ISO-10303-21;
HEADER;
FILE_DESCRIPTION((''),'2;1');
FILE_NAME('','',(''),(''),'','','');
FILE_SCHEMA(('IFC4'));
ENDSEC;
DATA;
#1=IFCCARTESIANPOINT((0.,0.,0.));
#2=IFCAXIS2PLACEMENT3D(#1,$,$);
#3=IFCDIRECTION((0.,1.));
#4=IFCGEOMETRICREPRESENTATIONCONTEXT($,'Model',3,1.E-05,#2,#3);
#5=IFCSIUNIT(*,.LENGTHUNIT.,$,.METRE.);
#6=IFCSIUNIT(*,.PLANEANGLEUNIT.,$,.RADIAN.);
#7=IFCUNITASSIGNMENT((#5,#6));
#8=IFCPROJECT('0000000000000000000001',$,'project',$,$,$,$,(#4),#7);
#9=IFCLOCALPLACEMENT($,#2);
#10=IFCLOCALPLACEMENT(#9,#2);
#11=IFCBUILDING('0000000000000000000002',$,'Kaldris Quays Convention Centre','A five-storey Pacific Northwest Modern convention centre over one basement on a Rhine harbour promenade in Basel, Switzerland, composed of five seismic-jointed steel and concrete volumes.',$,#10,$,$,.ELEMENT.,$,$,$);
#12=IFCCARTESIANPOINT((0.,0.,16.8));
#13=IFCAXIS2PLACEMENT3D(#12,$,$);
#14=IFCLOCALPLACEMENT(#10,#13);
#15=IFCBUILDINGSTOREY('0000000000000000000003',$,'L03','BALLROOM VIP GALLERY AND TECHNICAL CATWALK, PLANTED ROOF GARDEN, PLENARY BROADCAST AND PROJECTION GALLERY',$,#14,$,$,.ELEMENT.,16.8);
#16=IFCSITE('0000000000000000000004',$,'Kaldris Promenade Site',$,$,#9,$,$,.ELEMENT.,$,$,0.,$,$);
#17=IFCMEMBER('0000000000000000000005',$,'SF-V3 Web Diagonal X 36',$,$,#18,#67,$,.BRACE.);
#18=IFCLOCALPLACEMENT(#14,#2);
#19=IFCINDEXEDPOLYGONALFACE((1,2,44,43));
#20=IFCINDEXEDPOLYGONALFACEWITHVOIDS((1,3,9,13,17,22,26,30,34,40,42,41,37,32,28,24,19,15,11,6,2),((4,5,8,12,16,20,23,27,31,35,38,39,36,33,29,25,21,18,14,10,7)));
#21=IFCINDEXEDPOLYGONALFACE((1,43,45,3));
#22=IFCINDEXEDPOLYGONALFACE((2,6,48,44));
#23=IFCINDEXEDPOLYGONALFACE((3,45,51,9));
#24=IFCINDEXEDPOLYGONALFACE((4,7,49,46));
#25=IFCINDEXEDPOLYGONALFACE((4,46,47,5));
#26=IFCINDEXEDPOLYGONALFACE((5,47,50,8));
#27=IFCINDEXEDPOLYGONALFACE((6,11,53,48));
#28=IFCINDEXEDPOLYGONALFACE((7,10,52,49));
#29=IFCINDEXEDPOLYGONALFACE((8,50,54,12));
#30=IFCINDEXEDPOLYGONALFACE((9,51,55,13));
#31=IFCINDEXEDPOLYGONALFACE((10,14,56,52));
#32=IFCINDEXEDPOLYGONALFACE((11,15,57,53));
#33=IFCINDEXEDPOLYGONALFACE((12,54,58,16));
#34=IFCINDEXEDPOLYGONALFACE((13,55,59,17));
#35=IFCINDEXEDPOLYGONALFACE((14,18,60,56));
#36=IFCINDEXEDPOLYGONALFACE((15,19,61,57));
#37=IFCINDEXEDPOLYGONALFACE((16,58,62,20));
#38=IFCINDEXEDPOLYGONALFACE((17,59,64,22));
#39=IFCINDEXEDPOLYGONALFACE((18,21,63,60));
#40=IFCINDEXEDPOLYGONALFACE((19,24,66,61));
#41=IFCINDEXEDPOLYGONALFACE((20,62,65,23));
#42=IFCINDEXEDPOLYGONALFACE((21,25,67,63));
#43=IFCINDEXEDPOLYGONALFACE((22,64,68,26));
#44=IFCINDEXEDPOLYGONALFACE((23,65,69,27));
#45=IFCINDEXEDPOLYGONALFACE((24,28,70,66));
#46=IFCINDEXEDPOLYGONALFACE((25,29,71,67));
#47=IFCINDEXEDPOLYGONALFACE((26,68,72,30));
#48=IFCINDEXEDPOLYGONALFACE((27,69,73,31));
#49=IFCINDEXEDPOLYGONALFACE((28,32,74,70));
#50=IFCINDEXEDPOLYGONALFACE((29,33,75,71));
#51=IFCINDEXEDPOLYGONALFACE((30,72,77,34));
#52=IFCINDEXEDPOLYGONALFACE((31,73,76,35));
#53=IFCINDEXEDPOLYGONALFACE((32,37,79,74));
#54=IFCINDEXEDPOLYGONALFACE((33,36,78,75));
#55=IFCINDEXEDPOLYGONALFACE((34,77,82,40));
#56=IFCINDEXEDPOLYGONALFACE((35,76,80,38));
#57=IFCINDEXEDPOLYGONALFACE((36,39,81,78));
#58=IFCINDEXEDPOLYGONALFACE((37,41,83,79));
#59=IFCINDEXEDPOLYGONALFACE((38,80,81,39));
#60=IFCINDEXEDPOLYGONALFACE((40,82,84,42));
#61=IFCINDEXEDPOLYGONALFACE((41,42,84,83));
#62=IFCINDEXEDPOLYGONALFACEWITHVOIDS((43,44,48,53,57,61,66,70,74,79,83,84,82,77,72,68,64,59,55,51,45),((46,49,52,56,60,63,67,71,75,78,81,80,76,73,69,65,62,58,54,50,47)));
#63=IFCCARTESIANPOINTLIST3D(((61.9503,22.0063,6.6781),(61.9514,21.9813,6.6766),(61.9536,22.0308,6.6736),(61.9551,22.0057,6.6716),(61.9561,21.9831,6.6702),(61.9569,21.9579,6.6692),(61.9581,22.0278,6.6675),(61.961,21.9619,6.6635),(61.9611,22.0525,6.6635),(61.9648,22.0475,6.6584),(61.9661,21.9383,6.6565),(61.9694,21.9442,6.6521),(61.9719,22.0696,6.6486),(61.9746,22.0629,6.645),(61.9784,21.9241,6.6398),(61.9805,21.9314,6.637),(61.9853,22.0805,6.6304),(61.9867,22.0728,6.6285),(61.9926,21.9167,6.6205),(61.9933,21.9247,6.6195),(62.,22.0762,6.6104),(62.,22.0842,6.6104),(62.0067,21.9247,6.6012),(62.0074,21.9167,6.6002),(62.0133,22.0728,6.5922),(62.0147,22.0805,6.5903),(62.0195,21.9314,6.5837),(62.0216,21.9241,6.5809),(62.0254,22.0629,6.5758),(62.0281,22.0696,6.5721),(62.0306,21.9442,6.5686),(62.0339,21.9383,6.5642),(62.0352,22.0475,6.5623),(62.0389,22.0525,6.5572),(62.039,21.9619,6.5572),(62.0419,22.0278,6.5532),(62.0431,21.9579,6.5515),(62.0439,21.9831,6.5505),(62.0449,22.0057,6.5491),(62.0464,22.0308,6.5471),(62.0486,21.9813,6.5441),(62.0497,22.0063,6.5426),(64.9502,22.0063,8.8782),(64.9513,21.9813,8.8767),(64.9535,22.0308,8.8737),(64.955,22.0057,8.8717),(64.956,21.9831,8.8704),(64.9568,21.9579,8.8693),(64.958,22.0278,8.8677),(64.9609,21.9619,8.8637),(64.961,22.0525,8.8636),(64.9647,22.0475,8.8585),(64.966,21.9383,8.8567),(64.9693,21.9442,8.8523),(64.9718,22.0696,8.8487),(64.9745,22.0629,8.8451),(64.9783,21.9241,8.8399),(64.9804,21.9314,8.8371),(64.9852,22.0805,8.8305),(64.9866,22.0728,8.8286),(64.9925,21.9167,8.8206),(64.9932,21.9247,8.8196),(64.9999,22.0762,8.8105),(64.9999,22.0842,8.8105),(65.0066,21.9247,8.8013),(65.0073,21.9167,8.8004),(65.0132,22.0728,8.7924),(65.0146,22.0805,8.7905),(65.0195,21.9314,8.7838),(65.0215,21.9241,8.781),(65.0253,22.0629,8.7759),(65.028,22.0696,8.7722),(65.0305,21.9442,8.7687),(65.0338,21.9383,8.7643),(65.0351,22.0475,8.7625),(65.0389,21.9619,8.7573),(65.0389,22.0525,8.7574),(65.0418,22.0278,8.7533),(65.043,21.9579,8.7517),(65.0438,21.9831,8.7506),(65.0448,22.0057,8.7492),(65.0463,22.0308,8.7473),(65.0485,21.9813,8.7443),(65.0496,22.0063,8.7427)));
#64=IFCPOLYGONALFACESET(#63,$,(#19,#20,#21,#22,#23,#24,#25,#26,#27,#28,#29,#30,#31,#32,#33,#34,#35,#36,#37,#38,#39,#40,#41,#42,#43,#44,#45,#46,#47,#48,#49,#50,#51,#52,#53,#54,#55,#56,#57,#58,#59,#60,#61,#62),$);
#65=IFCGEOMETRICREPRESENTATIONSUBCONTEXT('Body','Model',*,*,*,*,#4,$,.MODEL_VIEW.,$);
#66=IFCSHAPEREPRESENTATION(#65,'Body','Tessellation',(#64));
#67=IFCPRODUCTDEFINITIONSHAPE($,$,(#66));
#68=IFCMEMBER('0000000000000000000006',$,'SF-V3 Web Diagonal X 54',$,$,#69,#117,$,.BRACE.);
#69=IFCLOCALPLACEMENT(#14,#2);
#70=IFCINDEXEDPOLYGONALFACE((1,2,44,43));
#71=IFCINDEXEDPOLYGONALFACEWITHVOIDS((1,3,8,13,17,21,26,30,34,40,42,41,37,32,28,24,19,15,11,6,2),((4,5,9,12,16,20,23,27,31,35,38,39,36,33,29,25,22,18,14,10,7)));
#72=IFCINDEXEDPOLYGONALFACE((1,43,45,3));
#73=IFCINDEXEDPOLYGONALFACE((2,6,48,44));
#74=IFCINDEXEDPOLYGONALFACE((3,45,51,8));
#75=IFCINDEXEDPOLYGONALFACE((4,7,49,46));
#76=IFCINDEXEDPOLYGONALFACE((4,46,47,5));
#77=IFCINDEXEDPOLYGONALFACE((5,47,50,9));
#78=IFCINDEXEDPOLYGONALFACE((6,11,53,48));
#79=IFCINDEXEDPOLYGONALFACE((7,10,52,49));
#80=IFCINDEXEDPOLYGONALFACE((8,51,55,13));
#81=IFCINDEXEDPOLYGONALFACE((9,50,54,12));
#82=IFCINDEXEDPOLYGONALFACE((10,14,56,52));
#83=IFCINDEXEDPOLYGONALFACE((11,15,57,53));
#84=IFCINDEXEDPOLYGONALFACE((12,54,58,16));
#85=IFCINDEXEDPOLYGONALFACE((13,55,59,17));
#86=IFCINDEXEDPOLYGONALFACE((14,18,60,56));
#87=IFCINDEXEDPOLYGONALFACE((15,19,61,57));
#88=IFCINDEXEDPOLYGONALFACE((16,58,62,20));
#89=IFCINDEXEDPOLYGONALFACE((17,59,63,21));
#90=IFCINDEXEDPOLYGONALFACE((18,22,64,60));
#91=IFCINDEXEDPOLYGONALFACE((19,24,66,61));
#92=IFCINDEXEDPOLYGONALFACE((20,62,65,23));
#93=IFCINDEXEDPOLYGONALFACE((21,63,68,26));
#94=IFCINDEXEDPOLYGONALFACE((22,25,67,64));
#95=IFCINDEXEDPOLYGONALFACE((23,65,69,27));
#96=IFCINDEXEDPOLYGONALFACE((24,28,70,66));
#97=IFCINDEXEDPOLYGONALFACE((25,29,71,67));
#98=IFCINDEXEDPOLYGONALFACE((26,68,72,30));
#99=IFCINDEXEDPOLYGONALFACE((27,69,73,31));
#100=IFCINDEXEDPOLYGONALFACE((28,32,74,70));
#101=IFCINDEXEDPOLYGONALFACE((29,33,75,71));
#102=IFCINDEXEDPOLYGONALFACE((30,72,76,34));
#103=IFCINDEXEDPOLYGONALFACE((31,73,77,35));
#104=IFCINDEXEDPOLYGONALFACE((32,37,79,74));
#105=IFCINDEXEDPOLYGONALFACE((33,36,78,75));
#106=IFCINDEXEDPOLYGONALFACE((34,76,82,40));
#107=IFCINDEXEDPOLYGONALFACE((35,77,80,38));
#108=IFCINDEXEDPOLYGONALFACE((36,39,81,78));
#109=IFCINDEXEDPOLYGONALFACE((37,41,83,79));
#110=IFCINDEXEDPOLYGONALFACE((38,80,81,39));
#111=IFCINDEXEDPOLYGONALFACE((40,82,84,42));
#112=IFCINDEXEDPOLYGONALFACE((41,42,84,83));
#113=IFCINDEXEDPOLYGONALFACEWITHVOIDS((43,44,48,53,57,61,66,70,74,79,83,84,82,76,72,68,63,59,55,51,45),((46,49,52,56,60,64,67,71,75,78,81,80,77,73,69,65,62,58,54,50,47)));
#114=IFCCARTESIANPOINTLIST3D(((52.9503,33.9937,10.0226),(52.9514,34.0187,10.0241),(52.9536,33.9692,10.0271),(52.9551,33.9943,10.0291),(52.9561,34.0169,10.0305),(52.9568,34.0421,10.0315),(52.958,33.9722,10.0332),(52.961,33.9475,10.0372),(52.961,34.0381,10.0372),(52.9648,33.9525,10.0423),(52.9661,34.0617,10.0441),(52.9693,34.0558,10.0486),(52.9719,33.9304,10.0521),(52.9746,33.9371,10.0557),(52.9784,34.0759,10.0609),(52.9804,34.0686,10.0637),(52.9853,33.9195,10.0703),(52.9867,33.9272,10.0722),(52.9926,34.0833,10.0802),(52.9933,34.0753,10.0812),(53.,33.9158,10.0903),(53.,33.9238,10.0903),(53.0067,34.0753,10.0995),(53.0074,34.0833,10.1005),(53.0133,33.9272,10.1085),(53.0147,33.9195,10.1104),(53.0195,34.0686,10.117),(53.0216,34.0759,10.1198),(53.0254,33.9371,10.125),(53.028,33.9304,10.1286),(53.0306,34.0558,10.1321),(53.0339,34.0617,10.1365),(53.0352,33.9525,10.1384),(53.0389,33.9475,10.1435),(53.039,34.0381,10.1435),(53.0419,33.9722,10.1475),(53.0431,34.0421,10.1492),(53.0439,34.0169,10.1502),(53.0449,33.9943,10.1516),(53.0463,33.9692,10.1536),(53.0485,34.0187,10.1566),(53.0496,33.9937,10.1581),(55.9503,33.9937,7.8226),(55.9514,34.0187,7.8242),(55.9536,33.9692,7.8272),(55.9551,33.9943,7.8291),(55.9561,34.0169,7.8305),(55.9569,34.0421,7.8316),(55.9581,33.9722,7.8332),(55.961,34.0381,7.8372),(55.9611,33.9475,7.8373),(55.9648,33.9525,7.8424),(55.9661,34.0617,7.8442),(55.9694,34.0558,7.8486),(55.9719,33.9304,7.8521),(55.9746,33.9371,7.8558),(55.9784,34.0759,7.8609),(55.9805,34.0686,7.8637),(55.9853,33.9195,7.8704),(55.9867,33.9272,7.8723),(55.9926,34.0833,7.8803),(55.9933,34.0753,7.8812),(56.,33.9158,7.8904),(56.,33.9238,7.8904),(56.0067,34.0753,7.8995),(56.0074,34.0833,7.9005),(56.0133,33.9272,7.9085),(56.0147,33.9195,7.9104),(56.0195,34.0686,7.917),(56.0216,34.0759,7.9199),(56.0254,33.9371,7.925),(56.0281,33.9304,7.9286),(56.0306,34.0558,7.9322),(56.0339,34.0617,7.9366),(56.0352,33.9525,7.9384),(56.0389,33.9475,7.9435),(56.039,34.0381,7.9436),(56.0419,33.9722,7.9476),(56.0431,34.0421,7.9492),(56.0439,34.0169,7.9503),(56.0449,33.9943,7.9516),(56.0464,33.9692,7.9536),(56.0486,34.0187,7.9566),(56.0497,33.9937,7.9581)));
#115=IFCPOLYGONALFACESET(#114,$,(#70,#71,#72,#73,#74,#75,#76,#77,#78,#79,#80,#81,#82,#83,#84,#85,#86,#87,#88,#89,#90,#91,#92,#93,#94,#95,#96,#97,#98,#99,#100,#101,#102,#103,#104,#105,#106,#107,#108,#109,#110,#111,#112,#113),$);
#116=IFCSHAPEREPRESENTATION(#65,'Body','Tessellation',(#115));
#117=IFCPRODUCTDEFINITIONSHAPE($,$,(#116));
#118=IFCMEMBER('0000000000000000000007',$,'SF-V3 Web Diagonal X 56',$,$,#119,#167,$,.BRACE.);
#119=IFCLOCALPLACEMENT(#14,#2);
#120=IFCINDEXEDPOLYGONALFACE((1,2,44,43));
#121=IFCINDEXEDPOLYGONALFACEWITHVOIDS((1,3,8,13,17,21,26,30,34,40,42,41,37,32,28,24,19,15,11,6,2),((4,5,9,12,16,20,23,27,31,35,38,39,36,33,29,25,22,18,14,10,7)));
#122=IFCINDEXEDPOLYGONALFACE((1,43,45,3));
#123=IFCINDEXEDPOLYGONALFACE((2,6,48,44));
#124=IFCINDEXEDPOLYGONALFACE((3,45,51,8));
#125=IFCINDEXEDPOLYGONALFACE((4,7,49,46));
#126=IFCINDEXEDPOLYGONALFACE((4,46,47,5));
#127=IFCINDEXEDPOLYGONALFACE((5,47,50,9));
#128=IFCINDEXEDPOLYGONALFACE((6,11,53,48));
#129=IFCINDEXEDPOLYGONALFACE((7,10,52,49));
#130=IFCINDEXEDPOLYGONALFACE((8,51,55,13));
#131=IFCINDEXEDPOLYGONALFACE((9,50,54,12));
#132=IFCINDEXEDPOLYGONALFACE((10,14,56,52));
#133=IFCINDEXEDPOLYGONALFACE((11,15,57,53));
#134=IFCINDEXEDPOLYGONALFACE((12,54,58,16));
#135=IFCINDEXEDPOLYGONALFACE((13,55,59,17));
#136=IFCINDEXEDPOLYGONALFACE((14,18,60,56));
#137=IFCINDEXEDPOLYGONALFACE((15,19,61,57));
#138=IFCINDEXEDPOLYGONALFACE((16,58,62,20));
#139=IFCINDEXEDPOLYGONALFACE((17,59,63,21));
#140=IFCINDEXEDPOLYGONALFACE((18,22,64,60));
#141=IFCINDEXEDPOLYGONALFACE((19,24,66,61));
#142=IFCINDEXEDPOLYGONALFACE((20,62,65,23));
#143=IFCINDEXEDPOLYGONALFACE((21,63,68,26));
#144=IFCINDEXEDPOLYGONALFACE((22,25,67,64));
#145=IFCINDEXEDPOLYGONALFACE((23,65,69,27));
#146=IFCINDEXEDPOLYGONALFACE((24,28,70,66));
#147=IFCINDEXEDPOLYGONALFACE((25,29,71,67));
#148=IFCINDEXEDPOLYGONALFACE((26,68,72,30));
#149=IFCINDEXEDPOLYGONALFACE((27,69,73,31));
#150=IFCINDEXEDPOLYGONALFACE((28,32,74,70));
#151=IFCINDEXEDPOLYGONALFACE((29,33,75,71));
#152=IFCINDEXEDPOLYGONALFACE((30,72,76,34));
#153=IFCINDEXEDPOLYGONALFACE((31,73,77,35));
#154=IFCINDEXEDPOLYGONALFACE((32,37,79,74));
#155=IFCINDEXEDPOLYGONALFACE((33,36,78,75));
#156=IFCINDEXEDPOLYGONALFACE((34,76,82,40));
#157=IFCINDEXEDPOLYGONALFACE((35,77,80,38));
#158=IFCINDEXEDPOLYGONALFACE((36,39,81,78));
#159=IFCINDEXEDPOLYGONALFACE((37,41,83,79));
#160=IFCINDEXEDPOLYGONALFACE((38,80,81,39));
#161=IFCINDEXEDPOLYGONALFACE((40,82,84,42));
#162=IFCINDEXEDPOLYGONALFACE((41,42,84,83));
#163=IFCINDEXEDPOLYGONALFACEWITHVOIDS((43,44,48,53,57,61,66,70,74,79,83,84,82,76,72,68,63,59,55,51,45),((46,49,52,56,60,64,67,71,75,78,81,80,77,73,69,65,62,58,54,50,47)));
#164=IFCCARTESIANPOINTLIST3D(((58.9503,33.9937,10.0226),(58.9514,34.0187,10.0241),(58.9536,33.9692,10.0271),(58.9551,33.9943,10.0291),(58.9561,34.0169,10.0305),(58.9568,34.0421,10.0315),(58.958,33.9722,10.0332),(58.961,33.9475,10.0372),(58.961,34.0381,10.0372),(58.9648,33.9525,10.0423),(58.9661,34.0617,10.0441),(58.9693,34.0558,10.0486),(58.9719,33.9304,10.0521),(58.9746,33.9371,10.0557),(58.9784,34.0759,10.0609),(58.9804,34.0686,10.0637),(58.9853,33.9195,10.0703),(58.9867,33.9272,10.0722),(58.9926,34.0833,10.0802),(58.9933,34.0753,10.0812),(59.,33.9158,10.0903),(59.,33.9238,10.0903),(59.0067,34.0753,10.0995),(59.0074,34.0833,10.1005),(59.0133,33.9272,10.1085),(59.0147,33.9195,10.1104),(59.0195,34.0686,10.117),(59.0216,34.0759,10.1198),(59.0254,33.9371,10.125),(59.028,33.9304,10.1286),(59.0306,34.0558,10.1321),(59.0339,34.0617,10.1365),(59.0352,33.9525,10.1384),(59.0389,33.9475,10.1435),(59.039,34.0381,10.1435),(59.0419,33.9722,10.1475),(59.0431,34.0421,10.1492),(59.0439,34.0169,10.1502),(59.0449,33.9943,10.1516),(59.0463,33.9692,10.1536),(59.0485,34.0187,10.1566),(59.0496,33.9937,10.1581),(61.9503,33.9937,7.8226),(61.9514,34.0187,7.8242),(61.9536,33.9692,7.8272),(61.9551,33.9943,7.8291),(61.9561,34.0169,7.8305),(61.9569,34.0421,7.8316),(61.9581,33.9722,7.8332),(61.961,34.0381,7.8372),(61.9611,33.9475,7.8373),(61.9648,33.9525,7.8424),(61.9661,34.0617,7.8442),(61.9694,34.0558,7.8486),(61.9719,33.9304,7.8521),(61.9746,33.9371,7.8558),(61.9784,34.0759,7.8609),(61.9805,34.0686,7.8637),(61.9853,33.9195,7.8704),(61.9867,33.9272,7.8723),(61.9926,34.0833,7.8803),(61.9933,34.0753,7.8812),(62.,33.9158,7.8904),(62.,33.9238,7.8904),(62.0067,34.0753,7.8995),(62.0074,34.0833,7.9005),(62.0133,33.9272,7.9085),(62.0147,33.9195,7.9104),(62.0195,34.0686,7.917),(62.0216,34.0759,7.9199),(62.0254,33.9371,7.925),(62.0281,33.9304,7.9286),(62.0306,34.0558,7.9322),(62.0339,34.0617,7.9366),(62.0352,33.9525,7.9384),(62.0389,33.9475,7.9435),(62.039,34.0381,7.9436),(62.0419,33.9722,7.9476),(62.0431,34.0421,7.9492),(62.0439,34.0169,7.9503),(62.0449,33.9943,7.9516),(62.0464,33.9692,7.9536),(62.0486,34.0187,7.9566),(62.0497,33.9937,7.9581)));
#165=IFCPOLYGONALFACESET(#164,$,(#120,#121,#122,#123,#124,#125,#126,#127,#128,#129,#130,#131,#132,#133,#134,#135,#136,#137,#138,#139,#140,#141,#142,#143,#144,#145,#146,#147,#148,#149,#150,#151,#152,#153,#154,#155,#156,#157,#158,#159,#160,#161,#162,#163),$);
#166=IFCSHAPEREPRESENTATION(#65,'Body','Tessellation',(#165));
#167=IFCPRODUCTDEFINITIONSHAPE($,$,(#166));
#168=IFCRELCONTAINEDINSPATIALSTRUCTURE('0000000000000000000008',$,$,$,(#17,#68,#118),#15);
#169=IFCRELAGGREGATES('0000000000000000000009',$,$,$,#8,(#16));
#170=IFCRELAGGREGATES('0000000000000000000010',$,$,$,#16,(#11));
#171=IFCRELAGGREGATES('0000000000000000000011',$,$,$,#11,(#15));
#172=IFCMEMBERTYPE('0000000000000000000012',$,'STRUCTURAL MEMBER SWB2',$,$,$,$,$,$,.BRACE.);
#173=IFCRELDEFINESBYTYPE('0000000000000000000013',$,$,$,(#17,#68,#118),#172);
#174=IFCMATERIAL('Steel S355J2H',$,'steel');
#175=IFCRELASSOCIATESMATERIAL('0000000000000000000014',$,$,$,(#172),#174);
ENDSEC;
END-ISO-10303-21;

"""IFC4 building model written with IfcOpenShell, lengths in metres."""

from ifc_helpers import new_model, si_unit, direction, frame, origin, origin_2d, place, context, subcontext, project, spatial, hollow_circle, extrude, material, material_profile, profile_set, type_object, element, save


model = new_model("IFC4")

# Units and contexts
model_context = context("Model", 3, precision=1e-05, world=origin(), true_north=direction((0.0, 1.0)))
body_context = subcontext(model_context, "Body", "Model", "MODEL_VIEW")
ifc_project = project(units=[si_unit("LENGTHUNIT", "METRE"), si_unit("PLANEANGLEUNIT", "RADIAN")], contexts=[model_context])

# Site, building, storey
site_placement = place(None, origin())
site = spatial("IfcSite", under=ifc_project, at=site_placement, Name="Kaldris Promenade Site", CompositionType="ELEMENT", RefElevation=0.0)
building_placement = place(site_placement, origin())
building = spatial("IfcBuilding", under=site, at=building_placement, Name="Kaldris Quays Convention Centre", Description="A five-storey Pacific Northwest Modern convention centre over one basement on a Rhine harbour promenade in Basel, Switzerland, composed of five seismic-jointed steel and concrete volumes.", CompositionType="ELEMENT")
storey_placement = place(building_placement, frame((0.0, 0.0, 16.8)))
storey = spatial("IfcBuildingStorey", under=building, at=storey_placement, Name="L03", Description="BALLROOM VIP GALLERY AND TECHNICAL CATWALK, PLANTED ROOF GARDEN, PLENARY BROADCAST AND PROJECTION GALLERY", CompositionType="ELEMENT", Elevation=16.8)

# Members
ifc_material_1 = material(Name="Steel S355J2H", Category="steel")
ifc_material_profile_1 = material_profile(ifc_material_1, hollow_circle(Radius=0.0842, WallThickness=0.0081, at=origin_2d()), Name="CHS 168.3x8")
ifc_profile_set_1 = profile_set([ifc_material_profile_1], Name="Steel S355J2H")
member_type_1 = type_object("IfcMemberType", Name="STRUCTURAL MEMBER SWB2", PredefinedType="BRACE", material=ifc_profile_set_1)
for number, where, z_axis, x_axis, name in (
    (1, (62.0, 22.0, 6.6104), (0.80638, 0.0, 0.591398), (0.0, 1.0, 0.0), "SF-V3 Web Diagonal X 36"),
    (2, (56.0, 34.0, 7.8904), (-0.806411, 0.0, 0.591355), (0.0, -1.0, 0.0), "SF-V3 Web Diagonal X 54"),
    (3, (62.0, 34.0, 7.8904), (-0.806411, 0.0, 0.591355), (0.0, -1.0, 0.0), "SF-V3 Web Diagonal X 56"),
):
    element("IfcMember", number, at=place(storey_placement, frame(where, z_axis=z_axis, x_axis=x_axis)), inside=storey, type_object=member_type_1, Name=name, PredefinedType="BRACE", context=body_context, shape_type="SweptSolid", body=[
        extrude(hollow_circle(Radius=0.0842, WallThickness=0.0081, at=origin_2d()), origin(), (0.0, 0.0, 1.0), 3.7202),
    ])

save(model, "model.ifc")
